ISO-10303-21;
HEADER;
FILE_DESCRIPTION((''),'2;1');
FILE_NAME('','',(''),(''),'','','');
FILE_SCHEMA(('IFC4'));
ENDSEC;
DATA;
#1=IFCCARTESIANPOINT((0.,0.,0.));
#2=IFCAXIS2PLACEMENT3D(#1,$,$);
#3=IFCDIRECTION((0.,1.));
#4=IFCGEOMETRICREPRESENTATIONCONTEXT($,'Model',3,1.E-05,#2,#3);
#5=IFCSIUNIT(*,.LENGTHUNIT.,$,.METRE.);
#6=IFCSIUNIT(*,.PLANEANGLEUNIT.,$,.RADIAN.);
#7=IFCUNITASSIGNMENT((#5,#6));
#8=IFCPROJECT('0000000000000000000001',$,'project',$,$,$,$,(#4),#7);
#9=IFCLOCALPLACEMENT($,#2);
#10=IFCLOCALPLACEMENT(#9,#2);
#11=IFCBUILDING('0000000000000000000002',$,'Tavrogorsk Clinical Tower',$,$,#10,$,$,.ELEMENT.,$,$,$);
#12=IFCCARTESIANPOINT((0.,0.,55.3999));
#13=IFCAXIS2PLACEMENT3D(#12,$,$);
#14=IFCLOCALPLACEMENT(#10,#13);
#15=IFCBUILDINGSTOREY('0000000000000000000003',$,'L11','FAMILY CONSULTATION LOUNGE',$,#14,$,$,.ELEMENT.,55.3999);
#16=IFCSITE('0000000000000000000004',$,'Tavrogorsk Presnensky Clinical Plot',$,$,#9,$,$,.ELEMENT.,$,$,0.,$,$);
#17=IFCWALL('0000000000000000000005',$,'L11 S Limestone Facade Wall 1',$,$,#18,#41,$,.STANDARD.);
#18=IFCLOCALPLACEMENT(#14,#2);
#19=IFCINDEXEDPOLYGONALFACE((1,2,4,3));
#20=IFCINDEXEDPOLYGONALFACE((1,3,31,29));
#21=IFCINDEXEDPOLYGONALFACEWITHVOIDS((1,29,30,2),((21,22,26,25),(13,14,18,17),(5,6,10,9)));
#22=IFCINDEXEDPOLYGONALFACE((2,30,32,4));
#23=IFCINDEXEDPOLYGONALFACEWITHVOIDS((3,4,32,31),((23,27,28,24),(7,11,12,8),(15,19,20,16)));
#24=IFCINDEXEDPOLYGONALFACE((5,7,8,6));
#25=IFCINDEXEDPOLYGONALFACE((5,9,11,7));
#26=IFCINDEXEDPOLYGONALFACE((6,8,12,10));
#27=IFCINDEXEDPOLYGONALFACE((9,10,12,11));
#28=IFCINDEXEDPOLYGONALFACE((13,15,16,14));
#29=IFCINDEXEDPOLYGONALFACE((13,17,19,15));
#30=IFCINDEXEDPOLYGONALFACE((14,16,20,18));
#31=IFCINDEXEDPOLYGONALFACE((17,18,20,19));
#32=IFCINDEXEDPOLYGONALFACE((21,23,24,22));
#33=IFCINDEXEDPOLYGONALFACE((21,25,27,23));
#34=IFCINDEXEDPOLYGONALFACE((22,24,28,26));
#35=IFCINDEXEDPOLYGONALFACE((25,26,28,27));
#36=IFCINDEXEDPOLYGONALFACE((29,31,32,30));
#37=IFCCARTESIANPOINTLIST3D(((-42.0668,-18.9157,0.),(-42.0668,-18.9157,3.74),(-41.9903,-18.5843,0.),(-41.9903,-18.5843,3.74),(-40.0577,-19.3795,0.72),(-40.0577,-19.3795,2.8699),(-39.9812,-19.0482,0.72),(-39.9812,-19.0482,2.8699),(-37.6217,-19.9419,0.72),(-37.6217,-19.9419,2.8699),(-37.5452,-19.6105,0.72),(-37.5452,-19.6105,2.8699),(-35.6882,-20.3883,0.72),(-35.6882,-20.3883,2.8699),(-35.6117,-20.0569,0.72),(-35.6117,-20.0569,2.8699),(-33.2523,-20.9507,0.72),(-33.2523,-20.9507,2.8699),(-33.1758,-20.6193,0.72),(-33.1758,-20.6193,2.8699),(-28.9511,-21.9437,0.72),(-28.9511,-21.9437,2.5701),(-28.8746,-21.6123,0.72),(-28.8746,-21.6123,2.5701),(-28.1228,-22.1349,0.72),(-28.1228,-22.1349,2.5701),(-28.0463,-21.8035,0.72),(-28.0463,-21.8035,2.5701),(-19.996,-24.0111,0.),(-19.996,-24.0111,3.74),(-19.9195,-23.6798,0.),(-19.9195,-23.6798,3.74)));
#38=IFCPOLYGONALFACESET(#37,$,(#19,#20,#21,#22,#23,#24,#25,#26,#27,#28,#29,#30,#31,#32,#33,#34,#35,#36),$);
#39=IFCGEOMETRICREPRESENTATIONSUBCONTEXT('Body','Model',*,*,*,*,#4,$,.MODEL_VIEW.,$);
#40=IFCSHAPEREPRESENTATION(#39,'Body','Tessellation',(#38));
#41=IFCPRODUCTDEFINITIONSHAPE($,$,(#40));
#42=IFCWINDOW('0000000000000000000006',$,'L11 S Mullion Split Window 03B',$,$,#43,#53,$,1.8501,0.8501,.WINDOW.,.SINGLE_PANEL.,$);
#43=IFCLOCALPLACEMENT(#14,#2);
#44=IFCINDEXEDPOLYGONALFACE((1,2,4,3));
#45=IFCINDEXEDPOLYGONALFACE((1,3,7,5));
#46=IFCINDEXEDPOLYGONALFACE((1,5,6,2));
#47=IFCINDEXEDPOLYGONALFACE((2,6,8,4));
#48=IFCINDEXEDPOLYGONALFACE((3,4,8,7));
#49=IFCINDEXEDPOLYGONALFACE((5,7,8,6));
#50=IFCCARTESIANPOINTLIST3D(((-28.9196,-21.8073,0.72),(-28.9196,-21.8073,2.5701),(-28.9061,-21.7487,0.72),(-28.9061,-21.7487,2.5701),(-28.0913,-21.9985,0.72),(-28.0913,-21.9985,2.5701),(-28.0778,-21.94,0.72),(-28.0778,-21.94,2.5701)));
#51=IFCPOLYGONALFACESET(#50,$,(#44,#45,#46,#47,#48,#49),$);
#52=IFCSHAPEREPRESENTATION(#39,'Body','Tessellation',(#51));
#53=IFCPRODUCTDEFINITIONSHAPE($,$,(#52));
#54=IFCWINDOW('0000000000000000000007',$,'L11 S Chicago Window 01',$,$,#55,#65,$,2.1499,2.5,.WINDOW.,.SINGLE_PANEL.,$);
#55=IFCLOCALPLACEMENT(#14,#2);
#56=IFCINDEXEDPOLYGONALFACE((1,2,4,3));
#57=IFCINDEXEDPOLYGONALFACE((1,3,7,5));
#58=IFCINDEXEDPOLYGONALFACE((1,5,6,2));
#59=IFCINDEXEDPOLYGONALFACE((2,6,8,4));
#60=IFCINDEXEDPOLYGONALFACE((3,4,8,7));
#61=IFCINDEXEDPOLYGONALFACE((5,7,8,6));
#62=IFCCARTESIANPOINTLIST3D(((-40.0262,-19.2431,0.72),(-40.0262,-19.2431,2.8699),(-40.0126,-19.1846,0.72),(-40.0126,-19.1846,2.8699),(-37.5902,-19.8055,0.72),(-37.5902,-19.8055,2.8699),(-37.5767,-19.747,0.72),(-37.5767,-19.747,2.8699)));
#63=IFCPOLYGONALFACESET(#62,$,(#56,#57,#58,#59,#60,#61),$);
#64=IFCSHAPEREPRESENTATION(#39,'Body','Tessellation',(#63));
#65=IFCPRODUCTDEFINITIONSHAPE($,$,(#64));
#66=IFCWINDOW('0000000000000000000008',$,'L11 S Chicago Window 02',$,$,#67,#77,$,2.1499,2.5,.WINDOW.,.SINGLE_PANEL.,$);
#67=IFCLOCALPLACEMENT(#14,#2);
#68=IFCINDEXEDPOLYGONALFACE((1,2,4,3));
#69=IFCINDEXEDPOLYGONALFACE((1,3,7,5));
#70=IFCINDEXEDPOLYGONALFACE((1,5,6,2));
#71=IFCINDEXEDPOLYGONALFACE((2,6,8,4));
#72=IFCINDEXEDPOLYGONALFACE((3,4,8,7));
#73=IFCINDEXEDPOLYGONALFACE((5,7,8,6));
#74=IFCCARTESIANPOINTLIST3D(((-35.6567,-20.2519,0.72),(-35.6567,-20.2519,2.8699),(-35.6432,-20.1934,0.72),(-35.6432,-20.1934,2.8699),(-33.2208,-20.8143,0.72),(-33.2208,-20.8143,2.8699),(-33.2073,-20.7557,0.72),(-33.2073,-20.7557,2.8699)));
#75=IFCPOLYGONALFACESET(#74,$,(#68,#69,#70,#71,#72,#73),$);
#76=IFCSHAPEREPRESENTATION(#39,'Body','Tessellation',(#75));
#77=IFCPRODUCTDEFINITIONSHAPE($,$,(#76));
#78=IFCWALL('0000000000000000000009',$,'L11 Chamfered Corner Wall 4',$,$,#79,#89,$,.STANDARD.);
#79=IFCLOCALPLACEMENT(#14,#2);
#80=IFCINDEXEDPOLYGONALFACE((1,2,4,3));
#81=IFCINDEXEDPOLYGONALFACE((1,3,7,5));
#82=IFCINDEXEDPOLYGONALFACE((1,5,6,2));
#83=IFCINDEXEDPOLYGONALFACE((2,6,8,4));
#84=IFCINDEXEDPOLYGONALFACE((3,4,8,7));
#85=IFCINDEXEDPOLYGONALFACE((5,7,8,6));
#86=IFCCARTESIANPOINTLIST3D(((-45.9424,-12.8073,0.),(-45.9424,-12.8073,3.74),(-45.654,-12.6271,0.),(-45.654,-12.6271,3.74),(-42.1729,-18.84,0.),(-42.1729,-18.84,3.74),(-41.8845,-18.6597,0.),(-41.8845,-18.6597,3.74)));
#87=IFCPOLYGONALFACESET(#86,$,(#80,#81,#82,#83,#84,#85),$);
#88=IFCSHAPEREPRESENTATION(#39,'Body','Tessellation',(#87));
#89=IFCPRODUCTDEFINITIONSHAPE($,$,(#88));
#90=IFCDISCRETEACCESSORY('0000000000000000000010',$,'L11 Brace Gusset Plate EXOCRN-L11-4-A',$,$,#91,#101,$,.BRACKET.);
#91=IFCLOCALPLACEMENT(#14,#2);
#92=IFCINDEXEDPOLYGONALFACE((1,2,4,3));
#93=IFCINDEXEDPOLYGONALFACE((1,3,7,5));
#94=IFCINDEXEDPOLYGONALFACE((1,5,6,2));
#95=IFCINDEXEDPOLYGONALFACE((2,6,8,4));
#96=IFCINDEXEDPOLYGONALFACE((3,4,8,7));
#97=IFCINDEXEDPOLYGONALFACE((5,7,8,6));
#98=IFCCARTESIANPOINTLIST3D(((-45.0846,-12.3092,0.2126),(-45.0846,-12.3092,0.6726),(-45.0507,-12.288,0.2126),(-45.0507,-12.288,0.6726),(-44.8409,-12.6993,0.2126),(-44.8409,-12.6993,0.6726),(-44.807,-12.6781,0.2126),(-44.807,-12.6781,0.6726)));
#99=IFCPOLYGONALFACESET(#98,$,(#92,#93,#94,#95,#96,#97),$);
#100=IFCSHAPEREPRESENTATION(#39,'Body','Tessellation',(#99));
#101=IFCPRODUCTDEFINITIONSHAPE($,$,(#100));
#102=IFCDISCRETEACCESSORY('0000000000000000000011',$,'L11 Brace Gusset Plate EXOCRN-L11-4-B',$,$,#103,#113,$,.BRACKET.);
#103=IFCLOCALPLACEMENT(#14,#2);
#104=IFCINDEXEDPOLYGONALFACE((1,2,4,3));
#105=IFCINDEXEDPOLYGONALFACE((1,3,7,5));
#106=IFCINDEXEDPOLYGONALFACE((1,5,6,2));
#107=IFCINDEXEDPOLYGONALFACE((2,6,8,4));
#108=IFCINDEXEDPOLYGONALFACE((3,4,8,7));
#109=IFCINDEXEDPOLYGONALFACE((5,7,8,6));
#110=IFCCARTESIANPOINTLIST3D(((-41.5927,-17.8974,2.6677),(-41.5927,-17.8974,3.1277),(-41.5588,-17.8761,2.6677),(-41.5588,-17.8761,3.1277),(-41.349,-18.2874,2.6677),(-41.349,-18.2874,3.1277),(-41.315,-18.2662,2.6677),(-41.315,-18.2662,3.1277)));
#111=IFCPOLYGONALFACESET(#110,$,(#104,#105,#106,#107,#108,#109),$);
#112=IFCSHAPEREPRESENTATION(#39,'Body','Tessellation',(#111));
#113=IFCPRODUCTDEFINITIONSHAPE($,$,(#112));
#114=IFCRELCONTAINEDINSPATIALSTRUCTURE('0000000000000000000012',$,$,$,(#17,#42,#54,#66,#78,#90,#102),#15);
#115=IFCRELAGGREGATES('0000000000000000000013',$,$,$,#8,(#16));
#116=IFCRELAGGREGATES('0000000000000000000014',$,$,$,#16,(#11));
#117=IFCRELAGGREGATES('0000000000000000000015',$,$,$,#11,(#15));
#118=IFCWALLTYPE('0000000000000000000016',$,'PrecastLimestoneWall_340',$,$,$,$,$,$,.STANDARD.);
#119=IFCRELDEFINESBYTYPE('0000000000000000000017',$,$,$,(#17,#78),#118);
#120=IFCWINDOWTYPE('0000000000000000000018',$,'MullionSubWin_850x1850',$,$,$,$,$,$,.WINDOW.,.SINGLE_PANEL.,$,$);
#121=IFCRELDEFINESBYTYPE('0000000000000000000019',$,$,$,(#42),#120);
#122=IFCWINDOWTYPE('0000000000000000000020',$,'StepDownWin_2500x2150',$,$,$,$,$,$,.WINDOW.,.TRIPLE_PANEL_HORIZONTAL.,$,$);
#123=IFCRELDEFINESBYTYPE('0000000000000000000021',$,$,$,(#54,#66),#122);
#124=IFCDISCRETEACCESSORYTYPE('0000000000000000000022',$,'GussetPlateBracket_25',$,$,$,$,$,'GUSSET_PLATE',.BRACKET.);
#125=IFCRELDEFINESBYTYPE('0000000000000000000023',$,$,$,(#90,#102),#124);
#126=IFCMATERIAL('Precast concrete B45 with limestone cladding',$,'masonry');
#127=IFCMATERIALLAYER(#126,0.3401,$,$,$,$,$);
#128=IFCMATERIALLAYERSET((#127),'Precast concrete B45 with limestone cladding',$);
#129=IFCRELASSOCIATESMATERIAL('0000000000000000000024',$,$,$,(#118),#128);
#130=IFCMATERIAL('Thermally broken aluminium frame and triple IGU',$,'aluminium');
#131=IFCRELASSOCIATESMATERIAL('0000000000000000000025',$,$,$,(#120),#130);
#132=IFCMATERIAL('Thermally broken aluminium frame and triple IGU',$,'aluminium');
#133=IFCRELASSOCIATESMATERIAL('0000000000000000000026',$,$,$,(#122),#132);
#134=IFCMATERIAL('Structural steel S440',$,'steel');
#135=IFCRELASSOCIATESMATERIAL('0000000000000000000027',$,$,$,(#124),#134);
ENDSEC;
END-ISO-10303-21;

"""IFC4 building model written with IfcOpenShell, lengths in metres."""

from ifc_helpers import new_model, si_unit, direction, frame, frame_2d, origin, origin_2d, place, context, subcontext, project, spatial, rectangle, extrude, material, layer, layer_set, type_object, element, fill, save


model = new_model("IFC4")

# Units and contexts
model_context = context("Model", 3, precision=1e-05, world=origin(), true_north=direction((0.0, 1.0)))
body_context = subcontext(model_context, "Body", "Model", "MODEL_VIEW")
ifc_project = project(units=[si_unit("LENGTHUNIT", "METRE"), si_unit("PLANEANGLEUNIT", "RADIAN")], contexts=[model_context])

# Site, building, storey
site_placement = place(None, origin())
site = spatial("IfcSite", under=ifc_project, at=site_placement, Name="Tavrogorsk Presnensky Clinical Plot", CompositionType="ELEMENT", RefElevation=0.0)
building_placement = place(site_placement, origin())
building = spatial("IfcBuilding", under=site, at=building_placement, Name="Tavrogorsk Clinical Tower", CompositionType="ELEMENT")
storey_placement = place(building_placement, frame((0.0, 0.0, 55.3999)))
storey = spatial("IfcBuildingStorey", under=building, at=storey_placement, Name="L11", Description="FAMILY CONSULTATION LOUNGE", CompositionType="ELEMENT", Elevation=55.3999)

# Wall, openings, windows
ifc_material_1 = material(Name="Precast concrete B45 with limestone cladding", Category="masonry")
ifc_layer_1 = layer(ifc_material_1, 0.3401)
ifc_layer_set_1 = layer_set([ifc_layer_1], Name="Precast concrete B45 with limestone cladding")
wall_type_1 = type_object("IfcWallType", Name="PrecastLimestoneWall_340", PredefinedType="STANDARD", material=ifc_layer_set_1)
wall_1_placement = place(storey_placement, frame((-42.0286, -18.75, 0.0), z_axis=(0.0, 0.0, 1.0), x_axis=(0.97437, -0.224952, 0.0)))
wall_1 = element("IfcWall", 1, at=wall_1_placement, inside=storey, type_object=wall_type_1, Name="L11 S Limestone Facade Wall 1", PredefinedType="STANDARD", context=body_context, shape_type="SweptSolid", body=[
    extrude(rectangle(XDim=22.6514, YDim=0.3401, at=frame_2d((11.3257, 0.0))), origin(), (0.0, 0.0, 1.0), 3.74),
])
opening_1_placement = place(wall_1_placement, frame((2.062, 0.0, 0.72)))
opening_1 = element("IfcOpeningElement", 2, at=opening_1_placement, cuts=wall_1, PredefinedType="OPENING", context=body_context, shape_type="SweptSolid", body=[
    extrude(rectangle(XDim=2.5, YDim=2.1499, at=frame_2d((1.25, 1.075))), frame((0.0, 0.1799, 0.0), z_axis=(0.0, -1.0, 0.0), x_axis=(1.0, 0.0, 0.0)), (0.0, 0.0, 1.0), 0.3601),
])
opening_2_placement = place(wall_1_placement, frame((6.5464, 0.0, 0.72)))
opening_2 = element("IfcOpeningElement", 3, at=opening_2_placement, cuts=wall_1, PredefinedType="OPENING", context=body_context, shape_type="SweptSolid", body=[
    extrude(rectangle(XDim=2.5, YDim=2.1499, at=frame_2d((1.25, 1.075))), frame((0.0, 0.1799, 0.0), z_axis=(0.0, -1.0, 0.0), x_axis=(1.0, 0.0, 0.0)), (0.0, 0.0, 1.0), 0.3601),
])
opening_3_placement = place(wall_1_placement, frame((13.4607, 0.0, 0.72)))
opening_3 = element("IfcOpeningElement", 4, at=opening_3_placement, cuts=wall_1, PredefinedType="OPENING", context=body_context, shape_type="SweptSolid", body=[
    extrude(rectangle(XDim=0.8501, YDim=1.8501, at=frame_2d((0.425, 0.925))), frame((0.0, 0.1799, 0.0), z_axis=(0.0, -1.0, 0.0), x_axis=(1.0, 0.0, 0.0)), (0.0, 0.0, 1.0), 0.3601),
])
ifc_material_2 = material(Name="Thermally broken aluminium frame and triple IGU", Category="aluminium")
window_type_1 = type_object("IfcWindowType", Name="MullionSubWin_850x1850", PartitioningType="SINGLE_PANEL", PredefinedType="WINDOW", material=ifc_material_2)
window_1_placement = place(opening_3_placement, origin())
window_1 = element("IfcWindow", 5, at=window_1_placement, inside=storey, type_object=window_type_1, Name="L11 S Mullion Split Window 03B", OverallHeight=1.8501, OverallWidth=0.8501, PartitioningType="SINGLE_PANEL", PredefinedType="WINDOW", context=body_context, shape_type="SweptSolid", body=[
    extrude(rectangle(XDim=0.8501, YDim=1.8501, at=frame_2d((0.425, 0.925))), frame((0.0, 0.03, 0.0), z_axis=(0.0, -1.0, 0.0), x_axis=(1.0, 0.0, 0.0)), (0.0, 0.0, 1.0), 0.0601),
])
fill(opening_3, window_1)
ifc_material_3 = material(Name="Thermally broken aluminium frame and triple IGU", Category="aluminium")
window_type_2 = type_object("IfcWindowType", Name="StepDownWin_2500x2150", PartitioningType="TRIPLE_PANEL_HORIZONTAL", PredefinedType="WINDOW", material=ifc_material_3)
window_2_placement = place(opening_1_placement, origin())
window_2 = element("IfcWindow", 6, at=window_2_placement, inside=storey, type_object=window_type_2, Name="L11 S Chicago Window 01", OverallHeight=2.1499, OverallWidth=2.5, PartitioningType="SINGLE_PANEL", PredefinedType="WINDOW", context=body_context, shape_type="SweptSolid", body=[
    extrude(rectangle(XDim=2.5, YDim=2.1499, at=frame_2d((1.25, 1.075))), frame((0.0, 0.03, 0.0), z_axis=(0.0, -1.0, 0.0), x_axis=(1.0, 0.0, 0.0)), (0.0, 0.0, 1.0), 0.0601),
])
fill(opening_1, window_2)
window_3_placement = place(opening_2_placement, origin())
window_3 = element("IfcWindow", 7, at=window_3_placement, inside=storey, type_object=window_type_2, Name="L11 S Chicago Window 02", OverallHeight=2.1499, OverallWidth=2.5, PartitioningType="SINGLE_PANEL", PredefinedType="WINDOW", context=body_context, shape_type="SweptSolid", body=[
    extrude(rectangle(XDim=2.5, YDim=2.1499, at=frame_2d((1.25, 1.075))), frame((0.0, 0.03, 0.0), z_axis=(0.0, -1.0, 0.0), x_axis=(1.0, 0.0, 0.0)), (0.0, 0.0, 1.0), 0.0601),
])
fill(opening_2, window_3)

# Wall
wall_2_placement = place(storey_placement, frame((-45.7981, -12.7173, 0.0), z_axis=(0.0, 0.0, 1.0), x_axis=(0.529906, -0.848056, 0.0)))
element("IfcWall", 8, at=wall_2_placement, inside=storey, type_object=wall_type_1, Name="L11 Chamfered Corner Wall 4", PredefinedType="STANDARD", context=body_context, shape_type="SweptSolid", body=[
    extrude(rectangle(XDim=7.1135, YDim=0.3401, at=frame_2d((3.5566, 0.0))), origin(), (0.0, 0.0, 1.0), 3.74),
])

# Discrete accessories
ifc_material_4 = material(Name="Structural steel S440", Category="steel")
discrete_accessory_type = type_object("IfcDiscreteAccessoryType", Name="GussetPlateBracket_25", ElementType="GUSSET_PLATE", PredefinedType="BRACKET", material=ifc_material_4)
for number, where, z_axis, x_axis, name in (
    (9, (-44.9458, -12.4937, 0.2126), (0.0, 0.0, 1.0), (0.529919, -0.848048, 0.0), "L11 Brace Gusset Plate EXOCRN-L11-4-A"),
    (10, (-41.4539, -18.0818, 2.6677), (0.0, 0.0, 1.0), (0.529919, -0.848048, 0.0), "L11 Brace Gusset Plate EXOCRN-L11-4-B"),
):
    element("IfcDiscreteAccessory", number, at=place(storey_placement, frame(where, z_axis=z_axis, x_axis=x_axis)), inside=storey, type_object=discrete_accessory_type, Name=name, PredefinedType="BRACKET", context=body_context, shape_type="SweptSolid", body=[
        extrude(rectangle(XDim=0.46, YDim=0.04, at=origin_2d()), origin(), (0.0, 0.0, 1.0), 0.46),
    ])

save(model, "model.ifc")
